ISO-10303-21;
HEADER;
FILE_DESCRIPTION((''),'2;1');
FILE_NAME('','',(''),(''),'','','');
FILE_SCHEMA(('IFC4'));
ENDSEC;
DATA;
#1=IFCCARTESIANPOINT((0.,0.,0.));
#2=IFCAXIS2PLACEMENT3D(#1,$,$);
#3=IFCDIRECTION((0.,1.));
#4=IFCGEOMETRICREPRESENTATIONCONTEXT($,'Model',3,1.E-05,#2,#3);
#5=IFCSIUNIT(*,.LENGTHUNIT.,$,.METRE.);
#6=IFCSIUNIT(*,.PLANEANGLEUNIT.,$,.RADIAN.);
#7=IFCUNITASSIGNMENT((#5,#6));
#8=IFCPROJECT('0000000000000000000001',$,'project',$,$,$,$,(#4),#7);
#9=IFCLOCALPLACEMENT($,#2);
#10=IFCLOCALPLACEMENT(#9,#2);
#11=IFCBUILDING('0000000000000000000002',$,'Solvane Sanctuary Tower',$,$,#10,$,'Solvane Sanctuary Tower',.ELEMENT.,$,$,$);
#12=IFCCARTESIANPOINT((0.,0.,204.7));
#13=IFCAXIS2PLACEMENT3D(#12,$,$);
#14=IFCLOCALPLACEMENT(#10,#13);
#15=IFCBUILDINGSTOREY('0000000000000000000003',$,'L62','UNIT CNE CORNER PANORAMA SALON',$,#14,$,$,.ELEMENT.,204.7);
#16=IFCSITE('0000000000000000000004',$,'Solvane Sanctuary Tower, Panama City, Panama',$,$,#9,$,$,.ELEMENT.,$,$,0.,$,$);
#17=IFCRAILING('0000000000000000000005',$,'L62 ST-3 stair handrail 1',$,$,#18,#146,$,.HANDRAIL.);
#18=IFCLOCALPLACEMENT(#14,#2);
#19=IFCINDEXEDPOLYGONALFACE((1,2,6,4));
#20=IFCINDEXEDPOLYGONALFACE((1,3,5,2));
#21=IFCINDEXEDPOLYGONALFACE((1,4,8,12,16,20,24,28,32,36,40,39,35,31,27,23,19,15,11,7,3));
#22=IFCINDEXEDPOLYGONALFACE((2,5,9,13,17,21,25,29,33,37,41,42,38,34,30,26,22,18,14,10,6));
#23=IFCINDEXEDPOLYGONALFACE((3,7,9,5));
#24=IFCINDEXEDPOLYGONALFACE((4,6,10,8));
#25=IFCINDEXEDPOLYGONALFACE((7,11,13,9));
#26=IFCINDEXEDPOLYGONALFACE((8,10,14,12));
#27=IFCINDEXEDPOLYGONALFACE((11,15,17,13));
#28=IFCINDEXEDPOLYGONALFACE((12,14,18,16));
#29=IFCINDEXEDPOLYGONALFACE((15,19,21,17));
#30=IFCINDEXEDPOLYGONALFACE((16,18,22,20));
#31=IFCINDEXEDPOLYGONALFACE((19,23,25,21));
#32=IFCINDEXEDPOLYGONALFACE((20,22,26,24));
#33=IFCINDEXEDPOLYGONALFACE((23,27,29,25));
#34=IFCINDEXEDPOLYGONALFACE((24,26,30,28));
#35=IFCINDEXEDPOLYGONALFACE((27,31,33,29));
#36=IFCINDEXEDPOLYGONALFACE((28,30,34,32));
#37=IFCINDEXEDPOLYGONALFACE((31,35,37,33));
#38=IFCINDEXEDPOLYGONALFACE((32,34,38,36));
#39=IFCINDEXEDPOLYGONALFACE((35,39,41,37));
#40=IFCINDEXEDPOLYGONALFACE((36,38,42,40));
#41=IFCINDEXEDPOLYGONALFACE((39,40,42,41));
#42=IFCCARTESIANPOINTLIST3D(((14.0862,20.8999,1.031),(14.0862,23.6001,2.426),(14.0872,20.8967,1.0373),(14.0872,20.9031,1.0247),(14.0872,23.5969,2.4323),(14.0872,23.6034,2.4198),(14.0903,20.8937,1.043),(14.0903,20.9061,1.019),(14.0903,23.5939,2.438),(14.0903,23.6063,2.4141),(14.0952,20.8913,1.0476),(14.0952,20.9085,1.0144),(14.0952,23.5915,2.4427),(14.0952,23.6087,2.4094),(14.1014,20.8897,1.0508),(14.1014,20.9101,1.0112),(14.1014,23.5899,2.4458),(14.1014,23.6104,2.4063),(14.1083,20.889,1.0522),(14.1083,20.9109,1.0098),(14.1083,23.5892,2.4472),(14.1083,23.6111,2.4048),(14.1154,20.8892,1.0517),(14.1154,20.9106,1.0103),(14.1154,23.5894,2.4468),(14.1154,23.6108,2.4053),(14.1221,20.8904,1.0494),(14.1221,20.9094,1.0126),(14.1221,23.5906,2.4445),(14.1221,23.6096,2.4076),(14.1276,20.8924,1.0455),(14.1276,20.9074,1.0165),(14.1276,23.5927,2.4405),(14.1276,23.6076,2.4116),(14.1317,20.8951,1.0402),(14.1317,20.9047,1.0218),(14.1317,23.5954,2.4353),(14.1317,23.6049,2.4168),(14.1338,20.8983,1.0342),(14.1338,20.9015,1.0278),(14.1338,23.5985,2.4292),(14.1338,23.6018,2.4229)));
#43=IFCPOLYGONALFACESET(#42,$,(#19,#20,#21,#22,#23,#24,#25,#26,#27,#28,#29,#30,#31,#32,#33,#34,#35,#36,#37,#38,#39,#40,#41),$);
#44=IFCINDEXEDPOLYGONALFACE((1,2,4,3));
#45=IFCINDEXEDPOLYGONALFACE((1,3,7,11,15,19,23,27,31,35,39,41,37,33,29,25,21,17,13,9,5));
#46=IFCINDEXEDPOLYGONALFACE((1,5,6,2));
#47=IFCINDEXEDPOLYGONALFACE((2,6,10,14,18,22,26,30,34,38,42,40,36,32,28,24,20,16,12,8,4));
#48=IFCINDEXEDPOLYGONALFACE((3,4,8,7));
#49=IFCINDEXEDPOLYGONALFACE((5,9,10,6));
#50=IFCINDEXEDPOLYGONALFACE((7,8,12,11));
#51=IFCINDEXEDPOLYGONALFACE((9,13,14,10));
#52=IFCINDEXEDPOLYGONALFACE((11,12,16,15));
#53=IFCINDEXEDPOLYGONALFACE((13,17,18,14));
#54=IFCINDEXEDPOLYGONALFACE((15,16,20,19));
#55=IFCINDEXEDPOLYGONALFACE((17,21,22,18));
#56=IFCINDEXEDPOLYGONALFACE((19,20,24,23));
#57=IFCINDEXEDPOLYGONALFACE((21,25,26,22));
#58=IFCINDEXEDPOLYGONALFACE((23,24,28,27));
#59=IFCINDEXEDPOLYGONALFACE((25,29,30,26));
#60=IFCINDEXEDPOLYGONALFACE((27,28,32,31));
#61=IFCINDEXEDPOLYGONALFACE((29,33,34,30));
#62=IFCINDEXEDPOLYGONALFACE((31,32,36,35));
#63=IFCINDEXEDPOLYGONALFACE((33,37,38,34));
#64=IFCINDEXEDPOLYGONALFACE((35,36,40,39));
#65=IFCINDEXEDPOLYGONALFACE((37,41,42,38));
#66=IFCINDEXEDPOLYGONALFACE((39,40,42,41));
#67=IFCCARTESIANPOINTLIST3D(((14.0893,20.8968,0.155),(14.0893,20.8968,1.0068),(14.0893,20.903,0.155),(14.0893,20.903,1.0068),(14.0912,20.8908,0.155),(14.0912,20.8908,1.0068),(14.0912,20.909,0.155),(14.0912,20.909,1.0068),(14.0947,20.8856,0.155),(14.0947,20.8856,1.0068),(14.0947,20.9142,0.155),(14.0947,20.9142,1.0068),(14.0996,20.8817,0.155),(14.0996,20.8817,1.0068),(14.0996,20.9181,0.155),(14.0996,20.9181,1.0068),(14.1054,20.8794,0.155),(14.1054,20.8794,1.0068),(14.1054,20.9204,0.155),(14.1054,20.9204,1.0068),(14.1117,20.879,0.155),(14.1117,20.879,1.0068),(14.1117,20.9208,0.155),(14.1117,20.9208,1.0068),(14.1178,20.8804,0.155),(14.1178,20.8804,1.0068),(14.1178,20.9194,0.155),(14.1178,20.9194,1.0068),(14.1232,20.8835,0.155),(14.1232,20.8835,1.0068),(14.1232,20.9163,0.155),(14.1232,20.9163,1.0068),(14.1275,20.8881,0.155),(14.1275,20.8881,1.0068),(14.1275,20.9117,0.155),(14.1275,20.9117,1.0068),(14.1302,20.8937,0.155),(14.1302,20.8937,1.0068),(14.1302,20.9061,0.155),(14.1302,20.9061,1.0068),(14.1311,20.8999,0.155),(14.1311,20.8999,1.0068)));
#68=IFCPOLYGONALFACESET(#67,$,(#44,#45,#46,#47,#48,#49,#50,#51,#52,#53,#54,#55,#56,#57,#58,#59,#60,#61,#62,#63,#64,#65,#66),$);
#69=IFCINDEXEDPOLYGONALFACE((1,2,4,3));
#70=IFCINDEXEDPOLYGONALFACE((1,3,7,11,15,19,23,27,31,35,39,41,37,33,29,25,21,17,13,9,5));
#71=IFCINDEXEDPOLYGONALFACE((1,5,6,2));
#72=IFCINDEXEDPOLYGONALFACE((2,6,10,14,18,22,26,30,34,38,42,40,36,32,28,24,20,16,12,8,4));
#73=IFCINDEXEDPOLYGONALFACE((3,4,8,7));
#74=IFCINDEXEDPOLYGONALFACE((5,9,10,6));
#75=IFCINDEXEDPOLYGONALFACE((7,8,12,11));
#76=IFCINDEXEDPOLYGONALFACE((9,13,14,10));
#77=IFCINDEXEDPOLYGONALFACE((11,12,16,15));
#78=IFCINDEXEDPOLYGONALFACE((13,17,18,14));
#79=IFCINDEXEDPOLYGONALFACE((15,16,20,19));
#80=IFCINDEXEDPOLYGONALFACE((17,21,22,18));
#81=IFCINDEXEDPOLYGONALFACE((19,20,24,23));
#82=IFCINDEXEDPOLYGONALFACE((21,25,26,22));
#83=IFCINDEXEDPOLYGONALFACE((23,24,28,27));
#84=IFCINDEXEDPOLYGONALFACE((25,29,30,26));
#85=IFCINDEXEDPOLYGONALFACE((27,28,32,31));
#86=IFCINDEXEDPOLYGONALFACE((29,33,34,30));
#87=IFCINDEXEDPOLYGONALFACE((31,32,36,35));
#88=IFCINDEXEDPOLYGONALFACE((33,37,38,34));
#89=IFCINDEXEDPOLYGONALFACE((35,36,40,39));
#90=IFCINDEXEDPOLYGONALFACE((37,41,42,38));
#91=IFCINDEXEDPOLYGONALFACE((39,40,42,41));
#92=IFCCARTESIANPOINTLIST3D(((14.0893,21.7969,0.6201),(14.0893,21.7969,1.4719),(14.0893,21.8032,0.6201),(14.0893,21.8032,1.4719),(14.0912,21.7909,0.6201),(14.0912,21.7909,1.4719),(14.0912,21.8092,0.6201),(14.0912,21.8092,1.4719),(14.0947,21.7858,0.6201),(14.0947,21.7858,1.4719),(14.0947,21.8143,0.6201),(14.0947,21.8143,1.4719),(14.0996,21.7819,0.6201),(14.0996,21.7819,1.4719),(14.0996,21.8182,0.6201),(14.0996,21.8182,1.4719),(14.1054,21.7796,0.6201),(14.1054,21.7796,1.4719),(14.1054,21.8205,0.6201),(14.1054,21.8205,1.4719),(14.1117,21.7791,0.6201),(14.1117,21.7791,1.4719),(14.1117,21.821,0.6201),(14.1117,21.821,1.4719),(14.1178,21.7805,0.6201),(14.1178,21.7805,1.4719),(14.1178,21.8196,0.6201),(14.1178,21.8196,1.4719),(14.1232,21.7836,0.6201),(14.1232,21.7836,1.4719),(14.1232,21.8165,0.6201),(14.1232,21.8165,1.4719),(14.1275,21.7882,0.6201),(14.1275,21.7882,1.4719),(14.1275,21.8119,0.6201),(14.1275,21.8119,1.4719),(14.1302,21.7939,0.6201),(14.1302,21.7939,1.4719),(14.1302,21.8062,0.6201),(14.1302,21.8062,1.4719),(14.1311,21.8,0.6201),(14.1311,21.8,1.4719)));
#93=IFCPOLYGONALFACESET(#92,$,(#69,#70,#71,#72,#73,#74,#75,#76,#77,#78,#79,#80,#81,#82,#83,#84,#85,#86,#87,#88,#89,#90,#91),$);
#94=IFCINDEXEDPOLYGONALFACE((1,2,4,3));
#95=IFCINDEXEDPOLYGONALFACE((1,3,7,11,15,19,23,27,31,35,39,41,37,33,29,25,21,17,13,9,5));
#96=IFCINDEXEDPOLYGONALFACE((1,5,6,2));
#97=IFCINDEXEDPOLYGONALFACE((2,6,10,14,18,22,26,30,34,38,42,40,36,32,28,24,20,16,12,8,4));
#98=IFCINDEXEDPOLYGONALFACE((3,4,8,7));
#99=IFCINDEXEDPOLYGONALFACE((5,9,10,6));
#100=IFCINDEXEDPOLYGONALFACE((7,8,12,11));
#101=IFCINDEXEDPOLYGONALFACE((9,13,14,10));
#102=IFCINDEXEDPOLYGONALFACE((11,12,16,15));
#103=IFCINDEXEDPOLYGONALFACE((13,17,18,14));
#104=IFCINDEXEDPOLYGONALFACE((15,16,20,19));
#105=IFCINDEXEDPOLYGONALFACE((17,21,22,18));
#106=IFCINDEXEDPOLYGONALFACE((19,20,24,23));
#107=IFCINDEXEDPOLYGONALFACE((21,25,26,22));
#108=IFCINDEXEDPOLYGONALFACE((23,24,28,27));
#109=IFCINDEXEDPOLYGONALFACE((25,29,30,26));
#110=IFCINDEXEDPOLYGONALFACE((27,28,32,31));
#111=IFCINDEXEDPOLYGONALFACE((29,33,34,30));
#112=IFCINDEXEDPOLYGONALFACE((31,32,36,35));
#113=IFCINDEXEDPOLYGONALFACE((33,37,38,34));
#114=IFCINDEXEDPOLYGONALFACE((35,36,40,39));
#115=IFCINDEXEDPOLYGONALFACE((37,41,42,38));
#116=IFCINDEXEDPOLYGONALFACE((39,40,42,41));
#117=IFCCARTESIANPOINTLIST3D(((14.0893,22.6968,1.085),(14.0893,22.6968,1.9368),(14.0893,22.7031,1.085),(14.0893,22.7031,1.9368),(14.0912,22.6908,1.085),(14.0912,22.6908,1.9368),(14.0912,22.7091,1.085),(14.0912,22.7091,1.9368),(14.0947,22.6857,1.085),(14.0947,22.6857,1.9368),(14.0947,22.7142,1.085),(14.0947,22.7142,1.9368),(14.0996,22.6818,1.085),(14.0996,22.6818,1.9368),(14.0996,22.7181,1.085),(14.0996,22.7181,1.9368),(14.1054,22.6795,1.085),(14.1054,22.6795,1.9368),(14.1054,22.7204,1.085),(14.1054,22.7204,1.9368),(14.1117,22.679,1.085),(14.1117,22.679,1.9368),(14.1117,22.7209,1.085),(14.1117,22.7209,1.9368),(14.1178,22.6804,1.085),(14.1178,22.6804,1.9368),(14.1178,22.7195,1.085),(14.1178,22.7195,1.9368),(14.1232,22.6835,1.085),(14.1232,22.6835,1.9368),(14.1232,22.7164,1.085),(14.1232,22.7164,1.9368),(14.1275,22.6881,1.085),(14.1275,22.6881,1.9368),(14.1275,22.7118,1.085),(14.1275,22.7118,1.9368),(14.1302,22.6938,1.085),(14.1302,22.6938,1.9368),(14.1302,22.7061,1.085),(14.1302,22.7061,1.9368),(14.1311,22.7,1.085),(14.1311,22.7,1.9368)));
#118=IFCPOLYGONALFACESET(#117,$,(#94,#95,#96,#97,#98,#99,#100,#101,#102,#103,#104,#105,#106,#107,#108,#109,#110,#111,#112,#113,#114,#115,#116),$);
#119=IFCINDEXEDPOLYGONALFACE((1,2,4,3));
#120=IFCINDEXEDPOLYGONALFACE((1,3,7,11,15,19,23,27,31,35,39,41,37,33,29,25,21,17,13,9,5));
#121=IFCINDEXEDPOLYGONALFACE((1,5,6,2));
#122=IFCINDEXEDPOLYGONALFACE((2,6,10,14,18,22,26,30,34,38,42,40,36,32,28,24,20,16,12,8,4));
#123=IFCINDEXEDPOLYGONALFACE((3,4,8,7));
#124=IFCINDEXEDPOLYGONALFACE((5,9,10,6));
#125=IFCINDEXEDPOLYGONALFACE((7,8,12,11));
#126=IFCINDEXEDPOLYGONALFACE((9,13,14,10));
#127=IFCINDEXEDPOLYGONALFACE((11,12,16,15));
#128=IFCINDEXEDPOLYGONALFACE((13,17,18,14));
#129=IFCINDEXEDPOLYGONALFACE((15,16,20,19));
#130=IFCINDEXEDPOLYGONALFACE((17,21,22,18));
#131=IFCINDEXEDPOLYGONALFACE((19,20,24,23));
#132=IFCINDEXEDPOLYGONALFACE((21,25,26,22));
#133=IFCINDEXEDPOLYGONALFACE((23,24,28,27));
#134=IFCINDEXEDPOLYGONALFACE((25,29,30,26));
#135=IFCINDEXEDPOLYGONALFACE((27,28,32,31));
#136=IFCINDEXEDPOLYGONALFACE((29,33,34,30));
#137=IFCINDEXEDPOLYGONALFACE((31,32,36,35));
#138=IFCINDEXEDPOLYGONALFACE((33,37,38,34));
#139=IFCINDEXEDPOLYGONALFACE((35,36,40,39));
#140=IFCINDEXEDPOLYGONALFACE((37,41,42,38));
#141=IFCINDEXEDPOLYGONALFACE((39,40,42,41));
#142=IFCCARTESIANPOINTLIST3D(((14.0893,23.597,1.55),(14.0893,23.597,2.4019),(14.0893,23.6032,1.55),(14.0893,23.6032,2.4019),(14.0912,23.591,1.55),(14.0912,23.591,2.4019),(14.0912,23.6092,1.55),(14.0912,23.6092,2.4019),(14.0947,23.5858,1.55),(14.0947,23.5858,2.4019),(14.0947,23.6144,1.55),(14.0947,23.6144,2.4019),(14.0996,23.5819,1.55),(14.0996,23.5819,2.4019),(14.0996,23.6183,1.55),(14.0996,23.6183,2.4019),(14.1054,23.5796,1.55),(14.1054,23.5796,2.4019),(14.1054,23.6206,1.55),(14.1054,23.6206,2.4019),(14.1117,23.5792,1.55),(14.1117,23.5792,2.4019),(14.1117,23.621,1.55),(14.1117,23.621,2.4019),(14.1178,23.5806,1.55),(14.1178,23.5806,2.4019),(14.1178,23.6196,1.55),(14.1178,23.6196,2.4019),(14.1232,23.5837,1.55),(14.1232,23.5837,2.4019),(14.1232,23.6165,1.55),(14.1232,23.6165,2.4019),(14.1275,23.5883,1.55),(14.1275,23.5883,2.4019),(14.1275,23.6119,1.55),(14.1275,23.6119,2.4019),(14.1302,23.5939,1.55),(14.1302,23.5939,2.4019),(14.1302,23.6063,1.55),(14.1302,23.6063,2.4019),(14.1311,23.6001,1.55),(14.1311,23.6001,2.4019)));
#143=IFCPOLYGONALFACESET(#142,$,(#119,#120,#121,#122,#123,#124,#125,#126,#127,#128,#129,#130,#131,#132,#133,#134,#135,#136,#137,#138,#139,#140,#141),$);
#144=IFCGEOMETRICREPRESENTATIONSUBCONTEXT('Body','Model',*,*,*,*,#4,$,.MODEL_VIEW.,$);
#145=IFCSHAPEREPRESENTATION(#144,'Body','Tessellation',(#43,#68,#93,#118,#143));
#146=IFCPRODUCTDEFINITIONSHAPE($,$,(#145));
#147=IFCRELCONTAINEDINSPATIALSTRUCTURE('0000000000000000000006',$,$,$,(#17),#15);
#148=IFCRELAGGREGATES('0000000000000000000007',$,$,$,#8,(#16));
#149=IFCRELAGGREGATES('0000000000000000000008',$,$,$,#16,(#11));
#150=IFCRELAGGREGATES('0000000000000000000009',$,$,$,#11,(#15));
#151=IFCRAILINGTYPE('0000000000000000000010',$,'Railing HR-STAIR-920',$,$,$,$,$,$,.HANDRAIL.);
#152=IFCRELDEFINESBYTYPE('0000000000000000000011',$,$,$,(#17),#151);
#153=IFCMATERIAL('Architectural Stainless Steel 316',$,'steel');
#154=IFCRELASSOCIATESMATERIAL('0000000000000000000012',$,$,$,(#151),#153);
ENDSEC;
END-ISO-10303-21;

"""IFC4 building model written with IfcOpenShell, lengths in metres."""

from ifc_helpers import new_model, si_unit, direction, frame, origin, origin_2d, place, context, subcontext, project, spatial, circle, extrude, material, type_object, element, save


model = new_model("IFC4")

# Units and contexts
model_context = context("Model", 3, precision=1e-05, world=origin(), true_north=direction((0.0, 1.0)))
body_context = subcontext(model_context, "Body", "Model", "MODEL_VIEW")
ifc_project = project(units=[si_unit("LENGTHUNIT", "METRE"), si_unit("PLANEANGLEUNIT", "RADIAN")], contexts=[model_context])

# Site, building, storey
site_placement = place(None, origin())
site = spatial("IfcSite", under=ifc_project, at=site_placement, Name="Solvane Sanctuary Tower, Panama City, Panama", CompositionType="ELEMENT", RefElevation=0.0)
building_placement = place(site_placement, origin())
building = spatial("IfcBuilding", under=site, at=building_placement, Name="Solvane Sanctuary Tower", LongName="Solvane Sanctuary Tower", CompositionType="ELEMENT")
storey_placement = place(building_placement, frame((0.0, 0.0, 204.7)))
storey = spatial("IfcBuildingStorey", under=building, at=storey_placement, Name="L62", Description="UNIT CNE CORNER PANORAMA SALON", CompositionType="ELEMENT", Elevation=204.7)

# Railing
ifc_material_1 = material(Name="Architectural Stainless Steel 316", Category="steel")
railing_type_1 = type_object("IfcRailingType", Name="Railing HR-STAIR-920", PredefinedType="HANDRAIL", material=ifc_material_1)
railing_1_placement = place(storey_placement, frame((14.1101, 20.8999, 0.155)))
element("IfcRailing", 1, at=railing_1_placement, inside=storey, type_object=railing_type_1, Name="L62 ST-3 stair handrail 1", PredefinedType="HANDRAIL", context=body_context, shape_type="SweptSolid", body=[
    extrude(circle(Radius=0.0239, at=origin_2d()), frame((0.0, 0.0, 0.876), z_axis=(0.0, 0.888437, 0.458999), x_axis=(-1.0, 0.0, 0.0)), (0.0, 0.0, 1.0), 3.0393),
    extrude(circle(Radius=0.021, at=origin_2d()), origin(), (0.0, 0.0, 1.0), 0.8518),
    extrude(circle(Radius=0.021, at=origin_2d()), frame((0.0, 0.9001, 0.4651)), (0.0, 0.0, 1.0), 0.8518),
    extrude(circle(Radius=0.021, at=origin_2d()), frame((0.0, 1.8, 0.9299)), (0.0, 0.0, 1.0), 0.8518),
    extrude(circle(Radius=0.021, at=origin_2d()), frame((0.0, 2.7002, 1.395)), (0.0, 0.0, 1.0), 0.8518),
])

save(model, "model.ifc")
